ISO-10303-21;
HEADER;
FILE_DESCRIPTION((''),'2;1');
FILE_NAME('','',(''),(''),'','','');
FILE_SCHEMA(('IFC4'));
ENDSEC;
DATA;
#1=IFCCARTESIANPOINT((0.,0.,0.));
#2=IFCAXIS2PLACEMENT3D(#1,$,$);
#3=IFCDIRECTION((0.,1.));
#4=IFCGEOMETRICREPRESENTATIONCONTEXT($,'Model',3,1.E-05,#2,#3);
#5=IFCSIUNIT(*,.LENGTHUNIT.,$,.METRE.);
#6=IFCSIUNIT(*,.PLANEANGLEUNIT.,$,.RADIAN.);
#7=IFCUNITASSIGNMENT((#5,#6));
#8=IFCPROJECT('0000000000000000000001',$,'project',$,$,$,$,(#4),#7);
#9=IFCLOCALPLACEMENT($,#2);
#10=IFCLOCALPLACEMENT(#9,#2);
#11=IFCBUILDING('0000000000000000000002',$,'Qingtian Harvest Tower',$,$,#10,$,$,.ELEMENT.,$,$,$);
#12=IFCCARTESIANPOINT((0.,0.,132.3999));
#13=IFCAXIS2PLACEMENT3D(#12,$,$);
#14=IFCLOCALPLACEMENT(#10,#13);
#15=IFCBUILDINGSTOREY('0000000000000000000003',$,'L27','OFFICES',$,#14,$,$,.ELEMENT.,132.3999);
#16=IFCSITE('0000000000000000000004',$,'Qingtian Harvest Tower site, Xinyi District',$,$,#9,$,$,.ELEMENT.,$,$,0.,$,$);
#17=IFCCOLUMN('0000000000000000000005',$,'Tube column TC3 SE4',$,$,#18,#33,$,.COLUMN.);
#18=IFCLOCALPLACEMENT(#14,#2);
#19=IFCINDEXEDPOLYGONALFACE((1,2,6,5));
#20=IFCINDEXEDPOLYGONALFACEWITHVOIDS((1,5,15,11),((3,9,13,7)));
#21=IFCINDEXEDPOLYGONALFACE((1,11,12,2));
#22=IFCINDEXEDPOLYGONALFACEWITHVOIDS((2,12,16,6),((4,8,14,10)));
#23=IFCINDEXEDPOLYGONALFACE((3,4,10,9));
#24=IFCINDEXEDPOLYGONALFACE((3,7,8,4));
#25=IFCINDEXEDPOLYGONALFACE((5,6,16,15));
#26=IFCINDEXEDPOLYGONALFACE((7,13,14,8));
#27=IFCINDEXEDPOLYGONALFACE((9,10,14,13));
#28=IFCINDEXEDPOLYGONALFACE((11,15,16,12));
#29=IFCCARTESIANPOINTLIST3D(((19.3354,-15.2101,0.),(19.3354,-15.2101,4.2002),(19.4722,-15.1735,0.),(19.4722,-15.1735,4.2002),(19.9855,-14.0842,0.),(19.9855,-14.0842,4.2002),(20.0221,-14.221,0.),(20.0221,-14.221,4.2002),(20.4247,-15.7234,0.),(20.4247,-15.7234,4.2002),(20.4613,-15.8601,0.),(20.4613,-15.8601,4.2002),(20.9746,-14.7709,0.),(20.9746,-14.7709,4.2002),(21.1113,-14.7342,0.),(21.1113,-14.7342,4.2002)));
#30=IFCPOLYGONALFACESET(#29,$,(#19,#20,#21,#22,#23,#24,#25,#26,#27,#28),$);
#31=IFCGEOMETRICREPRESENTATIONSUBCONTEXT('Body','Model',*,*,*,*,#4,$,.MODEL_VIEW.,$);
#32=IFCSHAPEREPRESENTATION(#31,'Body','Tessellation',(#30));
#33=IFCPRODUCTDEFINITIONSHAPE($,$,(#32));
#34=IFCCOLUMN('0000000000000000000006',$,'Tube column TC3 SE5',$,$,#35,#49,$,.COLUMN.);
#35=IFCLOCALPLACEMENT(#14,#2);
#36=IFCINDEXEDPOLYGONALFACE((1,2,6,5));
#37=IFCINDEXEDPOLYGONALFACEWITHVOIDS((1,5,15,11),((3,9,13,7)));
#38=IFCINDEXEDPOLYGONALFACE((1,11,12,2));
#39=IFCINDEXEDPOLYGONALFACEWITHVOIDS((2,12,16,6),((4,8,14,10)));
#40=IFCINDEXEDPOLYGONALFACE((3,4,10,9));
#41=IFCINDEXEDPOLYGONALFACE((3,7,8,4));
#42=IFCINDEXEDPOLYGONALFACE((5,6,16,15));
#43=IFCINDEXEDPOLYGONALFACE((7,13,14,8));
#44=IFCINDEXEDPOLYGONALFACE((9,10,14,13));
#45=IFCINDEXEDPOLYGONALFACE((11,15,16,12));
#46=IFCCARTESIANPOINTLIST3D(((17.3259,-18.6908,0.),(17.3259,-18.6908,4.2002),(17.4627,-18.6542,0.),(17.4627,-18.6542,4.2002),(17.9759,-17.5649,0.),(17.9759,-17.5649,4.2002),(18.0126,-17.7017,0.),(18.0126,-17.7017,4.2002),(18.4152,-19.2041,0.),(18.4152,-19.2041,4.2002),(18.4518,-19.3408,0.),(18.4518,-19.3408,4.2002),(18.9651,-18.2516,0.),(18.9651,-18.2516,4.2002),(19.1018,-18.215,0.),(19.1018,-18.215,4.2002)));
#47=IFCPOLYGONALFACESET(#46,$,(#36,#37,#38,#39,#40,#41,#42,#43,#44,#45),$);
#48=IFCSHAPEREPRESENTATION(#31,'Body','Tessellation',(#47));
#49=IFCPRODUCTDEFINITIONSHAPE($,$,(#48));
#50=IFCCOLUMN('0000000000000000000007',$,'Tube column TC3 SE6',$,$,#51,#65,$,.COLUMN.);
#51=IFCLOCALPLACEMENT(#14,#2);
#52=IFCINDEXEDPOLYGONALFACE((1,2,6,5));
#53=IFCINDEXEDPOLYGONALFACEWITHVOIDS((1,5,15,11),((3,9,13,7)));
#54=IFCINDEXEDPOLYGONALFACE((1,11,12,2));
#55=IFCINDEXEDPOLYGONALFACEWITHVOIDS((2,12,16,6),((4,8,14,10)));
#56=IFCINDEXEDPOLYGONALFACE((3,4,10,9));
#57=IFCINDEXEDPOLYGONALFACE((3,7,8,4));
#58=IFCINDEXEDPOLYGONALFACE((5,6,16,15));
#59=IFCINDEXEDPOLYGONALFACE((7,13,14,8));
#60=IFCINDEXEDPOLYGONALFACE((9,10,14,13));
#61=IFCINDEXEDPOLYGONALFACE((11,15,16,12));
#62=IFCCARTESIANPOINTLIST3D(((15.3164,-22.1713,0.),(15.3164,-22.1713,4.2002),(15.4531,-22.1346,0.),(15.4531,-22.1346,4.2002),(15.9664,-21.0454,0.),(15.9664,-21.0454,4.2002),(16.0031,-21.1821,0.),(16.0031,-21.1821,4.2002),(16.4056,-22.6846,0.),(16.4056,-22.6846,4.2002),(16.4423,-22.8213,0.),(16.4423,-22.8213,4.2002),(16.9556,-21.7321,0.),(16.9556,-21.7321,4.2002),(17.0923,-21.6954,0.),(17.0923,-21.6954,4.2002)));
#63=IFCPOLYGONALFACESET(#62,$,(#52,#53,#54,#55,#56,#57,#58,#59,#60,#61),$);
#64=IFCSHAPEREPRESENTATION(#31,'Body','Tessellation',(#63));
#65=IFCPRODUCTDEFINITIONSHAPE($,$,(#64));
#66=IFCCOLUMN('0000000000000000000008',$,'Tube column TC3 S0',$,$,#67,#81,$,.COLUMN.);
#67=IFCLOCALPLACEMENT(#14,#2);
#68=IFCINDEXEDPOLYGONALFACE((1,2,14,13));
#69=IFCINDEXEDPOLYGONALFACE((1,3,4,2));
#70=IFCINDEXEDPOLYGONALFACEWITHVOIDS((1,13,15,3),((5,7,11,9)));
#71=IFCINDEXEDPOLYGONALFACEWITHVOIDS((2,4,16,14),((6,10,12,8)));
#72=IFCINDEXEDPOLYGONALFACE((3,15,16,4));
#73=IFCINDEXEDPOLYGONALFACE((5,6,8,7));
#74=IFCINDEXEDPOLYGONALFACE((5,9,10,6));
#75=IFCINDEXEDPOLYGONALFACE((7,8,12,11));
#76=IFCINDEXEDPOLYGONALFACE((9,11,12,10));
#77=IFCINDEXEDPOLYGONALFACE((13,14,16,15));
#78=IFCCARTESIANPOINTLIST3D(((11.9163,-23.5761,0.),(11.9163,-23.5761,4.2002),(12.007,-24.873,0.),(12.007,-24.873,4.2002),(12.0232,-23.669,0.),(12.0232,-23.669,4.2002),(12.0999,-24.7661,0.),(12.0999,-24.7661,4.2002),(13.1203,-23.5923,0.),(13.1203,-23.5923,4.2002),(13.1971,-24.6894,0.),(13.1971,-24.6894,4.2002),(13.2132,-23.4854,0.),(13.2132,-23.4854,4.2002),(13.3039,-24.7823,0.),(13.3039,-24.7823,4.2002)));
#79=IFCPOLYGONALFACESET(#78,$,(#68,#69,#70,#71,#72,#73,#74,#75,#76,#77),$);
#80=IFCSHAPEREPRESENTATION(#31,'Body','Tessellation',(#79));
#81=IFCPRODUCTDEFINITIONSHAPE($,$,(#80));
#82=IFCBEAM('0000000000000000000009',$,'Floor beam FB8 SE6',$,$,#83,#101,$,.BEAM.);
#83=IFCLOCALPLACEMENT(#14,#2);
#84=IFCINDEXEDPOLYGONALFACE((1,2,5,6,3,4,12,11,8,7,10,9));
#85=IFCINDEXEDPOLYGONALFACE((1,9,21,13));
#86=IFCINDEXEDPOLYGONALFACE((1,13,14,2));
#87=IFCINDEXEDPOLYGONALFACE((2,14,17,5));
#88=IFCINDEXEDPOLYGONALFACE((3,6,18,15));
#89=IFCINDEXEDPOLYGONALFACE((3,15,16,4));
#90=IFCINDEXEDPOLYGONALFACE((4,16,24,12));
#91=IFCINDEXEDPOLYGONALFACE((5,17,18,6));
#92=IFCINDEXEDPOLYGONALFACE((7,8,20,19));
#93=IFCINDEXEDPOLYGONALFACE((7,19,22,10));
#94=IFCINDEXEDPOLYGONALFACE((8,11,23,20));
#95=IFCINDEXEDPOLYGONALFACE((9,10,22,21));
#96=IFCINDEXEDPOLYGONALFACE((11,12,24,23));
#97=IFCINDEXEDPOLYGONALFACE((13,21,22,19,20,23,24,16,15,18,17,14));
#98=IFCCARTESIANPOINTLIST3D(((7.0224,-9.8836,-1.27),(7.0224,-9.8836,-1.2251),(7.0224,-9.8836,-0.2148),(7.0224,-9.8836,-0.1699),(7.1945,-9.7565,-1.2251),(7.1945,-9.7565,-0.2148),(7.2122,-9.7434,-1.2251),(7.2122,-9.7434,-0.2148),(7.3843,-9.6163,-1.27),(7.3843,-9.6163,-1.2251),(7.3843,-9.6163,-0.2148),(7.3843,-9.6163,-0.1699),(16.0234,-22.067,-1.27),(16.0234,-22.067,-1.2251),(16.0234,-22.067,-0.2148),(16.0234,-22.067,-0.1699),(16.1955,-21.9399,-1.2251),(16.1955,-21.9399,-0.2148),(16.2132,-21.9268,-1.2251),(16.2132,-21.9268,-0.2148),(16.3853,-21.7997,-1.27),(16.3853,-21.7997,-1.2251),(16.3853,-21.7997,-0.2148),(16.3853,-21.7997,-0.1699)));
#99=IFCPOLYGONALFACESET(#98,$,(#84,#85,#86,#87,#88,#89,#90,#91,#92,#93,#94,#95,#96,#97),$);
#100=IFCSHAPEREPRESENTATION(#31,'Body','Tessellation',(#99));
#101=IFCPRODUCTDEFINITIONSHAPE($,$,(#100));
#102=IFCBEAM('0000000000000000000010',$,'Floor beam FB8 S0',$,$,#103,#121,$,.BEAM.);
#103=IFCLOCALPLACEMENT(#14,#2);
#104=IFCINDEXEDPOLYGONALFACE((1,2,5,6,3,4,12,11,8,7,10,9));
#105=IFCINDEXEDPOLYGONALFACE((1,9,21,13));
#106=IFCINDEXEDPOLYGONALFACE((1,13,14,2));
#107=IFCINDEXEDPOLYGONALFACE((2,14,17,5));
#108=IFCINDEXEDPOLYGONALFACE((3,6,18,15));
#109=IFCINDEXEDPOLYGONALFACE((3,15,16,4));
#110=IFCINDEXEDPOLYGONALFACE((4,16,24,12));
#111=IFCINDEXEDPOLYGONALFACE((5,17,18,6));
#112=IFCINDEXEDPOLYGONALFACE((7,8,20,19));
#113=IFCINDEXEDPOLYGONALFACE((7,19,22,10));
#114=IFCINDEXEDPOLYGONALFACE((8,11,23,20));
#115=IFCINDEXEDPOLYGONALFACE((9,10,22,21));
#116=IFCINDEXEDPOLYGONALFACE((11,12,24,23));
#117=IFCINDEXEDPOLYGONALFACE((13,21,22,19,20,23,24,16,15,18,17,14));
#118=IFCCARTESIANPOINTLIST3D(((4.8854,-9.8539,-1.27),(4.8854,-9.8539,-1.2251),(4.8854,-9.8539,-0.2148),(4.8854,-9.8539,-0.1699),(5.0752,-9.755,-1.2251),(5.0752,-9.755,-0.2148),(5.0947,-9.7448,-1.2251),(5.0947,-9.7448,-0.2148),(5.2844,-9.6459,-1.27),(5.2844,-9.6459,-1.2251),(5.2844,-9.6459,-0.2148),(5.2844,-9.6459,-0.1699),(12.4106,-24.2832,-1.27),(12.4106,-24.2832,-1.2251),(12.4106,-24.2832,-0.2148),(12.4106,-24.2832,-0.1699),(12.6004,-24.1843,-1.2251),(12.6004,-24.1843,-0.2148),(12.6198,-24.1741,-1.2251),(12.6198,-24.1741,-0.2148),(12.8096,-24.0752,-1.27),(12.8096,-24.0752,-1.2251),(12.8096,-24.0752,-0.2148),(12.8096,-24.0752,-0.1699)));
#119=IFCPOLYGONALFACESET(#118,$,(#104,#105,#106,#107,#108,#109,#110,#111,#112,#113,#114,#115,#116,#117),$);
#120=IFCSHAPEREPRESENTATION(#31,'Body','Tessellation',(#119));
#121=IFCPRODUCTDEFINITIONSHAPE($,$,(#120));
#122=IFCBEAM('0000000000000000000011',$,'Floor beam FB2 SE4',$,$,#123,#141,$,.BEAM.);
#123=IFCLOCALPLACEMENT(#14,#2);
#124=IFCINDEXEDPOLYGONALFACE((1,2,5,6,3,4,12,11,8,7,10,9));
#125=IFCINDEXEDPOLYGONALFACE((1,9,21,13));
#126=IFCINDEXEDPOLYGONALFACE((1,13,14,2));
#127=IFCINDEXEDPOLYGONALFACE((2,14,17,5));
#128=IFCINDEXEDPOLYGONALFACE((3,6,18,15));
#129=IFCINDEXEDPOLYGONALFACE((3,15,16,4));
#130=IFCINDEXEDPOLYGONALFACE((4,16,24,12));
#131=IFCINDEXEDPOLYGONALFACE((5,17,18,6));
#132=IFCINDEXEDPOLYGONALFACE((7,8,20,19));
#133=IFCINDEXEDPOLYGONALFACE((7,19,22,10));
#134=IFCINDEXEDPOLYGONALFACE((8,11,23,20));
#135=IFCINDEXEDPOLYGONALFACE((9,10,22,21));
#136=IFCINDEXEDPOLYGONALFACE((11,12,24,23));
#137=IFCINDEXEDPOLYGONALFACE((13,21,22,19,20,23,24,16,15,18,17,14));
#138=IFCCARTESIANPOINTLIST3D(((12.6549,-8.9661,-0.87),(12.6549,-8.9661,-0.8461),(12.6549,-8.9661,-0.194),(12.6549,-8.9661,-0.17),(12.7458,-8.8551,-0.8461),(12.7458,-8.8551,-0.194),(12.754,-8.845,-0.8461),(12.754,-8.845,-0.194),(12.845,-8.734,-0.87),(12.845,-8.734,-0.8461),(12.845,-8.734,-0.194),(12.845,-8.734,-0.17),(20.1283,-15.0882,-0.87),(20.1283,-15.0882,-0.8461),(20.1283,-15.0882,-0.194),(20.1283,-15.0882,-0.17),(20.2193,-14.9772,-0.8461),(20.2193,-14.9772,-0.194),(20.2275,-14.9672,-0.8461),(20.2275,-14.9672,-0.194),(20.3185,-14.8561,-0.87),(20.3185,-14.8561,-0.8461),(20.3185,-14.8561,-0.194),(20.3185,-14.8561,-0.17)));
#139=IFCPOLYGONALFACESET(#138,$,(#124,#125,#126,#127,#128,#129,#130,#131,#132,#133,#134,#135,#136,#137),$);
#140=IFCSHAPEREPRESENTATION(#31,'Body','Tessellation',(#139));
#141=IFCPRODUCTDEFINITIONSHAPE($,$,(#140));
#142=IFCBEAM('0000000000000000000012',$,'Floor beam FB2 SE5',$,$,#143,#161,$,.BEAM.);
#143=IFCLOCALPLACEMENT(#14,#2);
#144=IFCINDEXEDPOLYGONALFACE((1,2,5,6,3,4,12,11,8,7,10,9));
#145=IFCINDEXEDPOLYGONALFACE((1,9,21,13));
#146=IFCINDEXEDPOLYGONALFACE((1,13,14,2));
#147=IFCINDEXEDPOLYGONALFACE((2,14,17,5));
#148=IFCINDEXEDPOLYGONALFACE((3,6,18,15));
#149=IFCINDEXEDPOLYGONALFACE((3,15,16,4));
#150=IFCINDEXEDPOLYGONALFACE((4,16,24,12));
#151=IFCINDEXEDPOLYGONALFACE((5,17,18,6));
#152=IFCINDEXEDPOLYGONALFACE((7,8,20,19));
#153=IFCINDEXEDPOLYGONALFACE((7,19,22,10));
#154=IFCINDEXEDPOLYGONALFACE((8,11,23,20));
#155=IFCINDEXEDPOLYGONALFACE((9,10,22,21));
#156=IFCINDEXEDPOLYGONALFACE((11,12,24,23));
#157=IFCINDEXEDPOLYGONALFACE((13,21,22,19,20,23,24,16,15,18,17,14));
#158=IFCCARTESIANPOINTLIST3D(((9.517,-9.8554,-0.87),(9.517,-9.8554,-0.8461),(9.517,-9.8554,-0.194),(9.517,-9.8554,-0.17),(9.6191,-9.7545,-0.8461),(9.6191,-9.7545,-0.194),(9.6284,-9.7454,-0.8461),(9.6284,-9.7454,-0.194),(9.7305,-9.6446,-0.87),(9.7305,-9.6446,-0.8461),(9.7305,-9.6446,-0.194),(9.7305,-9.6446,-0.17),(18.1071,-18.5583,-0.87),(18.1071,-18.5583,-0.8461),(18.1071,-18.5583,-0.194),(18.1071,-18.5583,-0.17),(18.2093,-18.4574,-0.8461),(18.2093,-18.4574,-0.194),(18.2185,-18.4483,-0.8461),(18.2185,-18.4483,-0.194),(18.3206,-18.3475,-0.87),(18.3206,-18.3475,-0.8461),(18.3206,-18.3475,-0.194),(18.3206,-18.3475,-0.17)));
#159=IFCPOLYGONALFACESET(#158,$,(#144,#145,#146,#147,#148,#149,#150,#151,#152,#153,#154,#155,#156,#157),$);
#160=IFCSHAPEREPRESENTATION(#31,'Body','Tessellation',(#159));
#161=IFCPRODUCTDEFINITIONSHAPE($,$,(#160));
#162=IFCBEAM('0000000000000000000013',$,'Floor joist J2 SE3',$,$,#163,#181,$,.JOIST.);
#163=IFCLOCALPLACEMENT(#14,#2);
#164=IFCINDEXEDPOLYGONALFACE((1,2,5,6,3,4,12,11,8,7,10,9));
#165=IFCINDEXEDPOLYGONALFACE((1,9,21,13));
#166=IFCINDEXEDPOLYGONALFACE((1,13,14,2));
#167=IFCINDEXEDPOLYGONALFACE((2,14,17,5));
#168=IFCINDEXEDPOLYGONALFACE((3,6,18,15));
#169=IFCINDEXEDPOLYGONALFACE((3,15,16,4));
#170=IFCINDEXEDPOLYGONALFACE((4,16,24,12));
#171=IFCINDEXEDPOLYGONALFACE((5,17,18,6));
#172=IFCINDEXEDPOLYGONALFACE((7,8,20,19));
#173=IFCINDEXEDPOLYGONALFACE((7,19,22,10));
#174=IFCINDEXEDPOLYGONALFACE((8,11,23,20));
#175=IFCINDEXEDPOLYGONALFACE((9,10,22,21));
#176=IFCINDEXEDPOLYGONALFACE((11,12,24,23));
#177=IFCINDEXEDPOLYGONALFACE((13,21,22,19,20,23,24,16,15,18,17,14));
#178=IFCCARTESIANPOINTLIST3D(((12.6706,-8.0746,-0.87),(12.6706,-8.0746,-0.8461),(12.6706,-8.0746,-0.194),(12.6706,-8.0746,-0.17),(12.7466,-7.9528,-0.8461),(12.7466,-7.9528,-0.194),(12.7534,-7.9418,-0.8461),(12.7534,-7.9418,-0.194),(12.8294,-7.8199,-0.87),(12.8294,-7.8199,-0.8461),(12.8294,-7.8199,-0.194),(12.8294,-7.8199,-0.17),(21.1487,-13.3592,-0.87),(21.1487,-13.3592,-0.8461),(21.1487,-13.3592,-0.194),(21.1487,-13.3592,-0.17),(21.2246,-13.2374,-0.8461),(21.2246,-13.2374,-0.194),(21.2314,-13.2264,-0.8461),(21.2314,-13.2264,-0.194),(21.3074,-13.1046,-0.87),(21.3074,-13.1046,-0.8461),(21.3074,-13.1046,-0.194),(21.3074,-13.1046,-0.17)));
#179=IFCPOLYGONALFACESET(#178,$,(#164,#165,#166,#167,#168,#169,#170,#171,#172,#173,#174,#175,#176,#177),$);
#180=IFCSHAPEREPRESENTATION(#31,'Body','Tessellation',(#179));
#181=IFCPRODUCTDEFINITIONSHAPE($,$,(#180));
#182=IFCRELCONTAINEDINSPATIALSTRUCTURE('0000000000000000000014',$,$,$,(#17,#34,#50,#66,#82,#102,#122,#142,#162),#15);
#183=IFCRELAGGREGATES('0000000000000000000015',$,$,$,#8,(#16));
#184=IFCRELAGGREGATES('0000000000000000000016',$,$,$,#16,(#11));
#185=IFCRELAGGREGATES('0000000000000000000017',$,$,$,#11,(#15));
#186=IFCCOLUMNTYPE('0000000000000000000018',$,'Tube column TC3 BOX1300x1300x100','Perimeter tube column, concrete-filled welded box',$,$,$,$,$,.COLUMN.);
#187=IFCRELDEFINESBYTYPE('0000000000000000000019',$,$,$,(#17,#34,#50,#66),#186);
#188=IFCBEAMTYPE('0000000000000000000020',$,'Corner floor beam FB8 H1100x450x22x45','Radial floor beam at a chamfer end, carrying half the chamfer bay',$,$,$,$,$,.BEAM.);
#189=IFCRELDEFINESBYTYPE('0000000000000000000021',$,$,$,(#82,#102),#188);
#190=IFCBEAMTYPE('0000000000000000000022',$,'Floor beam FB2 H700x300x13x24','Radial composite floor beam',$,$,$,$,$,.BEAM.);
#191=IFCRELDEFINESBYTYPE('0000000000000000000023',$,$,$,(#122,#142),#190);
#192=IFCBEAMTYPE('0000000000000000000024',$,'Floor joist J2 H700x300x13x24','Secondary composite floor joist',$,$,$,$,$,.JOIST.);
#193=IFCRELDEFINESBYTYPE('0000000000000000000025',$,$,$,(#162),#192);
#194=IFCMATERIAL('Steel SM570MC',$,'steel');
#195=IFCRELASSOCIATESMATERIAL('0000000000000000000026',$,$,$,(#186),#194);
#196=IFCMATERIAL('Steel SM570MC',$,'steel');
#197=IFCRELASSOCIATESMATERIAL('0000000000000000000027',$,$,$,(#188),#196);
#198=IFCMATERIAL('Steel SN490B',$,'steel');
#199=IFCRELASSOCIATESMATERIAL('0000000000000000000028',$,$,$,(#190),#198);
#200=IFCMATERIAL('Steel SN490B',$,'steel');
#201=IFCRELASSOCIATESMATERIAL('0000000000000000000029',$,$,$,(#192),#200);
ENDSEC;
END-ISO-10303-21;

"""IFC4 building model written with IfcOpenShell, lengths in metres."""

from ifc_helpers import new_model, si_unit, direction, frame, origin, origin_2d, place, context, subcontext, project, spatial, hollow_rectangle, i_section, extrude, material, material_profile, profile_set, type_object, element, save


model = new_model("IFC4")

# Units and contexts
model_context = context("Model", 3, precision=1e-05, world=origin(), true_north=direction((0.0, 1.0)))
body_context = subcontext(model_context, "Body", "Model", "MODEL_VIEW")
ifc_project = project(units=[si_unit("LENGTHUNIT", "METRE"), si_unit("PLANEANGLEUNIT", "RADIAN")], contexts=[model_context])

# Site, building, storey
site_placement = place(None, origin())
site = spatial("IfcSite", under=ifc_project, at=site_placement, Name="Qingtian Harvest Tower site, Xinyi District", CompositionType="ELEMENT", RefElevation=0.0)
building_placement = place(site_placement, origin())
building = spatial("IfcBuilding", under=site, at=building_placement, Name="Qingtian Harvest Tower", CompositionType="ELEMENT")
storey_placement = place(building_placement, frame((0.0, 0.0, 132.3999)))
storey = spatial("IfcBuildingStorey", under=building, at=storey_placement, Name="L27", Description="OFFICES", CompositionType="ELEMENT", Elevation=132.3999)

# Columns
ifc_material_1 = material(Name="Steel SM570MC", Category="steel")
ifc_material_profile_1 = material_profile(ifc_material_1, hollow_rectangle(XDim=1.3, YDim=1.3, WallThickness=0.1001, at=origin_2d()), Name="BOX1300x1300x100")
ifc_profile_set_1 = profile_set([ifc_material_profile_1], Name="Steel SM570MC")
column_type = type_object("IfcColumnType", Name="Tube column TC3 BOX1300x1300x100", Description="Perimeter tube column, concrete-filled welded box", PredefinedType="COLUMN", material=ifc_profile_set_1)
for number, where, z_axis, x_axis, name in (
    (1, (20.2234, -14.9722, 0.0), (0.0, 0.0, 1.0), (0.5, 0.866025, 0.0), "Tube column TC3 SE4"),
    (2, (18.2139, -18.4529, 0.0), (0.0, 0.0, 1.0), (0.5, 0.866025, 0.0), "Tube column TC3 SE5"),
    (3, (16.2043, -21.9333, 0.0), (0.0, 0.0, 1.0), (0.5, 0.866025, 0.0), "Tube column TC3 SE6"),
    (4, (12.6101, -24.1792, 0.0), (0.0, 0.0, 1.0), (0.997564, 0.069756, 0.0), "Tube column TC3 S0"),
):
    element("IfcColumn", number, at=place(storey_placement, frame(where, z_axis=z_axis, x_axis=x_axis)), inside=storey, type_object=column_type, Name=name, PredefinedType="COLUMN", context=body_context, shape_type="SweptSolid", body=[
        extrude(hollow_rectangle(XDim=1.3, YDim=1.3, WallThickness=0.1001, at=origin_2d()), origin(), (0.0, 0.0, 1.0), 4.2002),
    ])

# Beams
ifc_material_2 = material(Name="Steel SM570MC", Category="steel")
ifc_material_profile_2 = material_profile(ifc_material_2, i_section(OverallWidth=0.45, OverallDepth=1.1001, WebThickness=0.022, FlangeThickness=0.0449, at=origin_2d()), Name="H1100x450x22x45")
ifc_profile_set_2 = profile_set([ifc_material_profile_2], Name="Steel SM570MC")
beam_type_1 = type_object("IfcBeamType", Name="Corner floor beam FB8 H1100x450x22x45", Description="Radial floor beam at a chamfer end, carrying half the chamfer bay", PredefinedType="BEAM", material=ifc_profile_set_2)
beam_1_placement = place(storey_placement, frame((16.2043, -21.9333, -0.72), z_axis=(-0.594216, 0.804306, 0.0), x_axis=(-0.804306, -0.594216, 0.0)))
element("IfcBeam", 5, at=beam_1_placement, inside=storey, type_object=beam_type_1, Name="Floor beam FB8 SE6", PredefinedType="BEAM", context=body_context, shape_type="SweptSolid", body=[
    extrude(i_section(OverallWidth=0.45, OverallDepth=1.1001, WebThickness=0.022, FlangeThickness=0.0449, at=origin_2d()), origin(), (0.0, 0.0, 1.0), 15.1477),
])
beam_2_placement = place(storey_placement, frame((12.6101, -24.1792, -0.72), z_axis=(-0.462415, 0.886664, 0.0), x_axis=(-0.886664, -0.462415, 0.0)))
element("IfcBeam", 6, at=beam_2_placement, inside=storey, type_object=beam_type_1, Name="Floor beam FB8 S0", PredefinedType="BEAM", context=body_context, shape_type="SweptSolid", body=[
    extrude(i_section(OverallWidth=0.45, OverallDepth=1.1001, WebThickness=0.022, FlangeThickness=0.0449, at=origin_2d()), origin(), (0.0, 0.0, 1.0), 16.2737),
])
ifc_material_3 = material(Name="Steel SN490B", Category="steel")
ifc_material_profile_3 = material_profile(ifc_material_3, i_section(OverallWidth=0.3, OverallDepth=0.7, WebThickness=0.0129, FlangeThickness=0.0239, at=origin_2d()), Name="H700x300x13x24")
ifc_profile_set_3 = profile_set([ifc_material_profile_3], Name="Steel SN490B")
beam_type_2 = type_object("IfcBeamType", Name="Floor beam FB2 H700x300x13x24", Description="Radial composite floor beam", PredefinedType="BEAM", material=ifc_profile_set_3)
beam_3_placement = place(storey_placement, frame((20.2234, -14.9722, -0.52), z_axis=(-0.773578, 0.633701, 0.0), x_axis=(-0.633701, -0.773578, 0.0)))
element("IfcBeam", 7, at=beam_3_placement, inside=storey, type_object=beam_type_2, Name="Floor beam FB2 SE4", PredefinedType="BEAM", context=body_context, shape_type="SweptSolid", body=[
    extrude(i_section(OverallWidth=0.3, OverallDepth=0.7, WebThickness=0.0129, FlangeThickness=0.0239, at=origin_2d()), origin(), (0.0, 0.0, 1.0), 9.6609),
])
beam_4_placement = place(storey_placement, frame((18.2139, -18.4529, -0.52), z_axis=(-0.70248, 0.711704, 0.0), x_axis=(-0.711704, -0.70248, 0.0)))
element("IfcBeam", 8, at=beam_4_placement, inside=storey, type_object=beam_type_2, Name="Floor beam FB2 SE5", PredefinedType="BEAM", context=body_context, shape_type="SweptSolid", body=[
    extrude(i_section(OverallWidth=0.3, OverallDepth=0.7, WebThickness=0.0129, FlangeThickness=0.0239, at=origin_2d()), origin(), (0.0, 0.0, 1.0), 12.2283),
])
ifc_material_4 = material(Name="Steel SN490B", Category="steel")
ifc_material_profile_4 = material_profile(ifc_material_4, i_section(OverallWidth=0.3, OverallDepth=0.7, WebThickness=0.0129, FlangeThickness=0.0239, at=origin_2d()), Name="H700x300x13x24")
ifc_profile_set_4 = profile_set([ifc_material_profile_4], Name="Steel SN490B")
beam_type_3 = type_object("IfcBeamType", Name="Floor joist J2 H700x300x13x24", Description="Secondary composite floor joist", PredefinedType="JOIST", material=ifc_profile_set_4)
beam_5_placement = place(storey_placement, frame((21.228, -13.2319, -0.52), z_axis=(-0.848632, 0.528984, 0.0), x_axis=(-0.528984, -0.848632, 0.0)))
element("IfcBeam", 9, at=beam_5_placement, inside=storey, type_object=beam_type_3, Name="Floor joist J2 SE3", PredefinedType="JOIST", context=body_context, shape_type="SweptSolid", body=[
    extrude(i_section(OverallWidth=0.3, OverallDepth=0.7, WebThickness=0.0129, FlangeThickness=0.0239, at=origin_2d()), origin(), (0.0, 0.0, 1.0), 9.9902),
])

save(model, "model.ifc")
